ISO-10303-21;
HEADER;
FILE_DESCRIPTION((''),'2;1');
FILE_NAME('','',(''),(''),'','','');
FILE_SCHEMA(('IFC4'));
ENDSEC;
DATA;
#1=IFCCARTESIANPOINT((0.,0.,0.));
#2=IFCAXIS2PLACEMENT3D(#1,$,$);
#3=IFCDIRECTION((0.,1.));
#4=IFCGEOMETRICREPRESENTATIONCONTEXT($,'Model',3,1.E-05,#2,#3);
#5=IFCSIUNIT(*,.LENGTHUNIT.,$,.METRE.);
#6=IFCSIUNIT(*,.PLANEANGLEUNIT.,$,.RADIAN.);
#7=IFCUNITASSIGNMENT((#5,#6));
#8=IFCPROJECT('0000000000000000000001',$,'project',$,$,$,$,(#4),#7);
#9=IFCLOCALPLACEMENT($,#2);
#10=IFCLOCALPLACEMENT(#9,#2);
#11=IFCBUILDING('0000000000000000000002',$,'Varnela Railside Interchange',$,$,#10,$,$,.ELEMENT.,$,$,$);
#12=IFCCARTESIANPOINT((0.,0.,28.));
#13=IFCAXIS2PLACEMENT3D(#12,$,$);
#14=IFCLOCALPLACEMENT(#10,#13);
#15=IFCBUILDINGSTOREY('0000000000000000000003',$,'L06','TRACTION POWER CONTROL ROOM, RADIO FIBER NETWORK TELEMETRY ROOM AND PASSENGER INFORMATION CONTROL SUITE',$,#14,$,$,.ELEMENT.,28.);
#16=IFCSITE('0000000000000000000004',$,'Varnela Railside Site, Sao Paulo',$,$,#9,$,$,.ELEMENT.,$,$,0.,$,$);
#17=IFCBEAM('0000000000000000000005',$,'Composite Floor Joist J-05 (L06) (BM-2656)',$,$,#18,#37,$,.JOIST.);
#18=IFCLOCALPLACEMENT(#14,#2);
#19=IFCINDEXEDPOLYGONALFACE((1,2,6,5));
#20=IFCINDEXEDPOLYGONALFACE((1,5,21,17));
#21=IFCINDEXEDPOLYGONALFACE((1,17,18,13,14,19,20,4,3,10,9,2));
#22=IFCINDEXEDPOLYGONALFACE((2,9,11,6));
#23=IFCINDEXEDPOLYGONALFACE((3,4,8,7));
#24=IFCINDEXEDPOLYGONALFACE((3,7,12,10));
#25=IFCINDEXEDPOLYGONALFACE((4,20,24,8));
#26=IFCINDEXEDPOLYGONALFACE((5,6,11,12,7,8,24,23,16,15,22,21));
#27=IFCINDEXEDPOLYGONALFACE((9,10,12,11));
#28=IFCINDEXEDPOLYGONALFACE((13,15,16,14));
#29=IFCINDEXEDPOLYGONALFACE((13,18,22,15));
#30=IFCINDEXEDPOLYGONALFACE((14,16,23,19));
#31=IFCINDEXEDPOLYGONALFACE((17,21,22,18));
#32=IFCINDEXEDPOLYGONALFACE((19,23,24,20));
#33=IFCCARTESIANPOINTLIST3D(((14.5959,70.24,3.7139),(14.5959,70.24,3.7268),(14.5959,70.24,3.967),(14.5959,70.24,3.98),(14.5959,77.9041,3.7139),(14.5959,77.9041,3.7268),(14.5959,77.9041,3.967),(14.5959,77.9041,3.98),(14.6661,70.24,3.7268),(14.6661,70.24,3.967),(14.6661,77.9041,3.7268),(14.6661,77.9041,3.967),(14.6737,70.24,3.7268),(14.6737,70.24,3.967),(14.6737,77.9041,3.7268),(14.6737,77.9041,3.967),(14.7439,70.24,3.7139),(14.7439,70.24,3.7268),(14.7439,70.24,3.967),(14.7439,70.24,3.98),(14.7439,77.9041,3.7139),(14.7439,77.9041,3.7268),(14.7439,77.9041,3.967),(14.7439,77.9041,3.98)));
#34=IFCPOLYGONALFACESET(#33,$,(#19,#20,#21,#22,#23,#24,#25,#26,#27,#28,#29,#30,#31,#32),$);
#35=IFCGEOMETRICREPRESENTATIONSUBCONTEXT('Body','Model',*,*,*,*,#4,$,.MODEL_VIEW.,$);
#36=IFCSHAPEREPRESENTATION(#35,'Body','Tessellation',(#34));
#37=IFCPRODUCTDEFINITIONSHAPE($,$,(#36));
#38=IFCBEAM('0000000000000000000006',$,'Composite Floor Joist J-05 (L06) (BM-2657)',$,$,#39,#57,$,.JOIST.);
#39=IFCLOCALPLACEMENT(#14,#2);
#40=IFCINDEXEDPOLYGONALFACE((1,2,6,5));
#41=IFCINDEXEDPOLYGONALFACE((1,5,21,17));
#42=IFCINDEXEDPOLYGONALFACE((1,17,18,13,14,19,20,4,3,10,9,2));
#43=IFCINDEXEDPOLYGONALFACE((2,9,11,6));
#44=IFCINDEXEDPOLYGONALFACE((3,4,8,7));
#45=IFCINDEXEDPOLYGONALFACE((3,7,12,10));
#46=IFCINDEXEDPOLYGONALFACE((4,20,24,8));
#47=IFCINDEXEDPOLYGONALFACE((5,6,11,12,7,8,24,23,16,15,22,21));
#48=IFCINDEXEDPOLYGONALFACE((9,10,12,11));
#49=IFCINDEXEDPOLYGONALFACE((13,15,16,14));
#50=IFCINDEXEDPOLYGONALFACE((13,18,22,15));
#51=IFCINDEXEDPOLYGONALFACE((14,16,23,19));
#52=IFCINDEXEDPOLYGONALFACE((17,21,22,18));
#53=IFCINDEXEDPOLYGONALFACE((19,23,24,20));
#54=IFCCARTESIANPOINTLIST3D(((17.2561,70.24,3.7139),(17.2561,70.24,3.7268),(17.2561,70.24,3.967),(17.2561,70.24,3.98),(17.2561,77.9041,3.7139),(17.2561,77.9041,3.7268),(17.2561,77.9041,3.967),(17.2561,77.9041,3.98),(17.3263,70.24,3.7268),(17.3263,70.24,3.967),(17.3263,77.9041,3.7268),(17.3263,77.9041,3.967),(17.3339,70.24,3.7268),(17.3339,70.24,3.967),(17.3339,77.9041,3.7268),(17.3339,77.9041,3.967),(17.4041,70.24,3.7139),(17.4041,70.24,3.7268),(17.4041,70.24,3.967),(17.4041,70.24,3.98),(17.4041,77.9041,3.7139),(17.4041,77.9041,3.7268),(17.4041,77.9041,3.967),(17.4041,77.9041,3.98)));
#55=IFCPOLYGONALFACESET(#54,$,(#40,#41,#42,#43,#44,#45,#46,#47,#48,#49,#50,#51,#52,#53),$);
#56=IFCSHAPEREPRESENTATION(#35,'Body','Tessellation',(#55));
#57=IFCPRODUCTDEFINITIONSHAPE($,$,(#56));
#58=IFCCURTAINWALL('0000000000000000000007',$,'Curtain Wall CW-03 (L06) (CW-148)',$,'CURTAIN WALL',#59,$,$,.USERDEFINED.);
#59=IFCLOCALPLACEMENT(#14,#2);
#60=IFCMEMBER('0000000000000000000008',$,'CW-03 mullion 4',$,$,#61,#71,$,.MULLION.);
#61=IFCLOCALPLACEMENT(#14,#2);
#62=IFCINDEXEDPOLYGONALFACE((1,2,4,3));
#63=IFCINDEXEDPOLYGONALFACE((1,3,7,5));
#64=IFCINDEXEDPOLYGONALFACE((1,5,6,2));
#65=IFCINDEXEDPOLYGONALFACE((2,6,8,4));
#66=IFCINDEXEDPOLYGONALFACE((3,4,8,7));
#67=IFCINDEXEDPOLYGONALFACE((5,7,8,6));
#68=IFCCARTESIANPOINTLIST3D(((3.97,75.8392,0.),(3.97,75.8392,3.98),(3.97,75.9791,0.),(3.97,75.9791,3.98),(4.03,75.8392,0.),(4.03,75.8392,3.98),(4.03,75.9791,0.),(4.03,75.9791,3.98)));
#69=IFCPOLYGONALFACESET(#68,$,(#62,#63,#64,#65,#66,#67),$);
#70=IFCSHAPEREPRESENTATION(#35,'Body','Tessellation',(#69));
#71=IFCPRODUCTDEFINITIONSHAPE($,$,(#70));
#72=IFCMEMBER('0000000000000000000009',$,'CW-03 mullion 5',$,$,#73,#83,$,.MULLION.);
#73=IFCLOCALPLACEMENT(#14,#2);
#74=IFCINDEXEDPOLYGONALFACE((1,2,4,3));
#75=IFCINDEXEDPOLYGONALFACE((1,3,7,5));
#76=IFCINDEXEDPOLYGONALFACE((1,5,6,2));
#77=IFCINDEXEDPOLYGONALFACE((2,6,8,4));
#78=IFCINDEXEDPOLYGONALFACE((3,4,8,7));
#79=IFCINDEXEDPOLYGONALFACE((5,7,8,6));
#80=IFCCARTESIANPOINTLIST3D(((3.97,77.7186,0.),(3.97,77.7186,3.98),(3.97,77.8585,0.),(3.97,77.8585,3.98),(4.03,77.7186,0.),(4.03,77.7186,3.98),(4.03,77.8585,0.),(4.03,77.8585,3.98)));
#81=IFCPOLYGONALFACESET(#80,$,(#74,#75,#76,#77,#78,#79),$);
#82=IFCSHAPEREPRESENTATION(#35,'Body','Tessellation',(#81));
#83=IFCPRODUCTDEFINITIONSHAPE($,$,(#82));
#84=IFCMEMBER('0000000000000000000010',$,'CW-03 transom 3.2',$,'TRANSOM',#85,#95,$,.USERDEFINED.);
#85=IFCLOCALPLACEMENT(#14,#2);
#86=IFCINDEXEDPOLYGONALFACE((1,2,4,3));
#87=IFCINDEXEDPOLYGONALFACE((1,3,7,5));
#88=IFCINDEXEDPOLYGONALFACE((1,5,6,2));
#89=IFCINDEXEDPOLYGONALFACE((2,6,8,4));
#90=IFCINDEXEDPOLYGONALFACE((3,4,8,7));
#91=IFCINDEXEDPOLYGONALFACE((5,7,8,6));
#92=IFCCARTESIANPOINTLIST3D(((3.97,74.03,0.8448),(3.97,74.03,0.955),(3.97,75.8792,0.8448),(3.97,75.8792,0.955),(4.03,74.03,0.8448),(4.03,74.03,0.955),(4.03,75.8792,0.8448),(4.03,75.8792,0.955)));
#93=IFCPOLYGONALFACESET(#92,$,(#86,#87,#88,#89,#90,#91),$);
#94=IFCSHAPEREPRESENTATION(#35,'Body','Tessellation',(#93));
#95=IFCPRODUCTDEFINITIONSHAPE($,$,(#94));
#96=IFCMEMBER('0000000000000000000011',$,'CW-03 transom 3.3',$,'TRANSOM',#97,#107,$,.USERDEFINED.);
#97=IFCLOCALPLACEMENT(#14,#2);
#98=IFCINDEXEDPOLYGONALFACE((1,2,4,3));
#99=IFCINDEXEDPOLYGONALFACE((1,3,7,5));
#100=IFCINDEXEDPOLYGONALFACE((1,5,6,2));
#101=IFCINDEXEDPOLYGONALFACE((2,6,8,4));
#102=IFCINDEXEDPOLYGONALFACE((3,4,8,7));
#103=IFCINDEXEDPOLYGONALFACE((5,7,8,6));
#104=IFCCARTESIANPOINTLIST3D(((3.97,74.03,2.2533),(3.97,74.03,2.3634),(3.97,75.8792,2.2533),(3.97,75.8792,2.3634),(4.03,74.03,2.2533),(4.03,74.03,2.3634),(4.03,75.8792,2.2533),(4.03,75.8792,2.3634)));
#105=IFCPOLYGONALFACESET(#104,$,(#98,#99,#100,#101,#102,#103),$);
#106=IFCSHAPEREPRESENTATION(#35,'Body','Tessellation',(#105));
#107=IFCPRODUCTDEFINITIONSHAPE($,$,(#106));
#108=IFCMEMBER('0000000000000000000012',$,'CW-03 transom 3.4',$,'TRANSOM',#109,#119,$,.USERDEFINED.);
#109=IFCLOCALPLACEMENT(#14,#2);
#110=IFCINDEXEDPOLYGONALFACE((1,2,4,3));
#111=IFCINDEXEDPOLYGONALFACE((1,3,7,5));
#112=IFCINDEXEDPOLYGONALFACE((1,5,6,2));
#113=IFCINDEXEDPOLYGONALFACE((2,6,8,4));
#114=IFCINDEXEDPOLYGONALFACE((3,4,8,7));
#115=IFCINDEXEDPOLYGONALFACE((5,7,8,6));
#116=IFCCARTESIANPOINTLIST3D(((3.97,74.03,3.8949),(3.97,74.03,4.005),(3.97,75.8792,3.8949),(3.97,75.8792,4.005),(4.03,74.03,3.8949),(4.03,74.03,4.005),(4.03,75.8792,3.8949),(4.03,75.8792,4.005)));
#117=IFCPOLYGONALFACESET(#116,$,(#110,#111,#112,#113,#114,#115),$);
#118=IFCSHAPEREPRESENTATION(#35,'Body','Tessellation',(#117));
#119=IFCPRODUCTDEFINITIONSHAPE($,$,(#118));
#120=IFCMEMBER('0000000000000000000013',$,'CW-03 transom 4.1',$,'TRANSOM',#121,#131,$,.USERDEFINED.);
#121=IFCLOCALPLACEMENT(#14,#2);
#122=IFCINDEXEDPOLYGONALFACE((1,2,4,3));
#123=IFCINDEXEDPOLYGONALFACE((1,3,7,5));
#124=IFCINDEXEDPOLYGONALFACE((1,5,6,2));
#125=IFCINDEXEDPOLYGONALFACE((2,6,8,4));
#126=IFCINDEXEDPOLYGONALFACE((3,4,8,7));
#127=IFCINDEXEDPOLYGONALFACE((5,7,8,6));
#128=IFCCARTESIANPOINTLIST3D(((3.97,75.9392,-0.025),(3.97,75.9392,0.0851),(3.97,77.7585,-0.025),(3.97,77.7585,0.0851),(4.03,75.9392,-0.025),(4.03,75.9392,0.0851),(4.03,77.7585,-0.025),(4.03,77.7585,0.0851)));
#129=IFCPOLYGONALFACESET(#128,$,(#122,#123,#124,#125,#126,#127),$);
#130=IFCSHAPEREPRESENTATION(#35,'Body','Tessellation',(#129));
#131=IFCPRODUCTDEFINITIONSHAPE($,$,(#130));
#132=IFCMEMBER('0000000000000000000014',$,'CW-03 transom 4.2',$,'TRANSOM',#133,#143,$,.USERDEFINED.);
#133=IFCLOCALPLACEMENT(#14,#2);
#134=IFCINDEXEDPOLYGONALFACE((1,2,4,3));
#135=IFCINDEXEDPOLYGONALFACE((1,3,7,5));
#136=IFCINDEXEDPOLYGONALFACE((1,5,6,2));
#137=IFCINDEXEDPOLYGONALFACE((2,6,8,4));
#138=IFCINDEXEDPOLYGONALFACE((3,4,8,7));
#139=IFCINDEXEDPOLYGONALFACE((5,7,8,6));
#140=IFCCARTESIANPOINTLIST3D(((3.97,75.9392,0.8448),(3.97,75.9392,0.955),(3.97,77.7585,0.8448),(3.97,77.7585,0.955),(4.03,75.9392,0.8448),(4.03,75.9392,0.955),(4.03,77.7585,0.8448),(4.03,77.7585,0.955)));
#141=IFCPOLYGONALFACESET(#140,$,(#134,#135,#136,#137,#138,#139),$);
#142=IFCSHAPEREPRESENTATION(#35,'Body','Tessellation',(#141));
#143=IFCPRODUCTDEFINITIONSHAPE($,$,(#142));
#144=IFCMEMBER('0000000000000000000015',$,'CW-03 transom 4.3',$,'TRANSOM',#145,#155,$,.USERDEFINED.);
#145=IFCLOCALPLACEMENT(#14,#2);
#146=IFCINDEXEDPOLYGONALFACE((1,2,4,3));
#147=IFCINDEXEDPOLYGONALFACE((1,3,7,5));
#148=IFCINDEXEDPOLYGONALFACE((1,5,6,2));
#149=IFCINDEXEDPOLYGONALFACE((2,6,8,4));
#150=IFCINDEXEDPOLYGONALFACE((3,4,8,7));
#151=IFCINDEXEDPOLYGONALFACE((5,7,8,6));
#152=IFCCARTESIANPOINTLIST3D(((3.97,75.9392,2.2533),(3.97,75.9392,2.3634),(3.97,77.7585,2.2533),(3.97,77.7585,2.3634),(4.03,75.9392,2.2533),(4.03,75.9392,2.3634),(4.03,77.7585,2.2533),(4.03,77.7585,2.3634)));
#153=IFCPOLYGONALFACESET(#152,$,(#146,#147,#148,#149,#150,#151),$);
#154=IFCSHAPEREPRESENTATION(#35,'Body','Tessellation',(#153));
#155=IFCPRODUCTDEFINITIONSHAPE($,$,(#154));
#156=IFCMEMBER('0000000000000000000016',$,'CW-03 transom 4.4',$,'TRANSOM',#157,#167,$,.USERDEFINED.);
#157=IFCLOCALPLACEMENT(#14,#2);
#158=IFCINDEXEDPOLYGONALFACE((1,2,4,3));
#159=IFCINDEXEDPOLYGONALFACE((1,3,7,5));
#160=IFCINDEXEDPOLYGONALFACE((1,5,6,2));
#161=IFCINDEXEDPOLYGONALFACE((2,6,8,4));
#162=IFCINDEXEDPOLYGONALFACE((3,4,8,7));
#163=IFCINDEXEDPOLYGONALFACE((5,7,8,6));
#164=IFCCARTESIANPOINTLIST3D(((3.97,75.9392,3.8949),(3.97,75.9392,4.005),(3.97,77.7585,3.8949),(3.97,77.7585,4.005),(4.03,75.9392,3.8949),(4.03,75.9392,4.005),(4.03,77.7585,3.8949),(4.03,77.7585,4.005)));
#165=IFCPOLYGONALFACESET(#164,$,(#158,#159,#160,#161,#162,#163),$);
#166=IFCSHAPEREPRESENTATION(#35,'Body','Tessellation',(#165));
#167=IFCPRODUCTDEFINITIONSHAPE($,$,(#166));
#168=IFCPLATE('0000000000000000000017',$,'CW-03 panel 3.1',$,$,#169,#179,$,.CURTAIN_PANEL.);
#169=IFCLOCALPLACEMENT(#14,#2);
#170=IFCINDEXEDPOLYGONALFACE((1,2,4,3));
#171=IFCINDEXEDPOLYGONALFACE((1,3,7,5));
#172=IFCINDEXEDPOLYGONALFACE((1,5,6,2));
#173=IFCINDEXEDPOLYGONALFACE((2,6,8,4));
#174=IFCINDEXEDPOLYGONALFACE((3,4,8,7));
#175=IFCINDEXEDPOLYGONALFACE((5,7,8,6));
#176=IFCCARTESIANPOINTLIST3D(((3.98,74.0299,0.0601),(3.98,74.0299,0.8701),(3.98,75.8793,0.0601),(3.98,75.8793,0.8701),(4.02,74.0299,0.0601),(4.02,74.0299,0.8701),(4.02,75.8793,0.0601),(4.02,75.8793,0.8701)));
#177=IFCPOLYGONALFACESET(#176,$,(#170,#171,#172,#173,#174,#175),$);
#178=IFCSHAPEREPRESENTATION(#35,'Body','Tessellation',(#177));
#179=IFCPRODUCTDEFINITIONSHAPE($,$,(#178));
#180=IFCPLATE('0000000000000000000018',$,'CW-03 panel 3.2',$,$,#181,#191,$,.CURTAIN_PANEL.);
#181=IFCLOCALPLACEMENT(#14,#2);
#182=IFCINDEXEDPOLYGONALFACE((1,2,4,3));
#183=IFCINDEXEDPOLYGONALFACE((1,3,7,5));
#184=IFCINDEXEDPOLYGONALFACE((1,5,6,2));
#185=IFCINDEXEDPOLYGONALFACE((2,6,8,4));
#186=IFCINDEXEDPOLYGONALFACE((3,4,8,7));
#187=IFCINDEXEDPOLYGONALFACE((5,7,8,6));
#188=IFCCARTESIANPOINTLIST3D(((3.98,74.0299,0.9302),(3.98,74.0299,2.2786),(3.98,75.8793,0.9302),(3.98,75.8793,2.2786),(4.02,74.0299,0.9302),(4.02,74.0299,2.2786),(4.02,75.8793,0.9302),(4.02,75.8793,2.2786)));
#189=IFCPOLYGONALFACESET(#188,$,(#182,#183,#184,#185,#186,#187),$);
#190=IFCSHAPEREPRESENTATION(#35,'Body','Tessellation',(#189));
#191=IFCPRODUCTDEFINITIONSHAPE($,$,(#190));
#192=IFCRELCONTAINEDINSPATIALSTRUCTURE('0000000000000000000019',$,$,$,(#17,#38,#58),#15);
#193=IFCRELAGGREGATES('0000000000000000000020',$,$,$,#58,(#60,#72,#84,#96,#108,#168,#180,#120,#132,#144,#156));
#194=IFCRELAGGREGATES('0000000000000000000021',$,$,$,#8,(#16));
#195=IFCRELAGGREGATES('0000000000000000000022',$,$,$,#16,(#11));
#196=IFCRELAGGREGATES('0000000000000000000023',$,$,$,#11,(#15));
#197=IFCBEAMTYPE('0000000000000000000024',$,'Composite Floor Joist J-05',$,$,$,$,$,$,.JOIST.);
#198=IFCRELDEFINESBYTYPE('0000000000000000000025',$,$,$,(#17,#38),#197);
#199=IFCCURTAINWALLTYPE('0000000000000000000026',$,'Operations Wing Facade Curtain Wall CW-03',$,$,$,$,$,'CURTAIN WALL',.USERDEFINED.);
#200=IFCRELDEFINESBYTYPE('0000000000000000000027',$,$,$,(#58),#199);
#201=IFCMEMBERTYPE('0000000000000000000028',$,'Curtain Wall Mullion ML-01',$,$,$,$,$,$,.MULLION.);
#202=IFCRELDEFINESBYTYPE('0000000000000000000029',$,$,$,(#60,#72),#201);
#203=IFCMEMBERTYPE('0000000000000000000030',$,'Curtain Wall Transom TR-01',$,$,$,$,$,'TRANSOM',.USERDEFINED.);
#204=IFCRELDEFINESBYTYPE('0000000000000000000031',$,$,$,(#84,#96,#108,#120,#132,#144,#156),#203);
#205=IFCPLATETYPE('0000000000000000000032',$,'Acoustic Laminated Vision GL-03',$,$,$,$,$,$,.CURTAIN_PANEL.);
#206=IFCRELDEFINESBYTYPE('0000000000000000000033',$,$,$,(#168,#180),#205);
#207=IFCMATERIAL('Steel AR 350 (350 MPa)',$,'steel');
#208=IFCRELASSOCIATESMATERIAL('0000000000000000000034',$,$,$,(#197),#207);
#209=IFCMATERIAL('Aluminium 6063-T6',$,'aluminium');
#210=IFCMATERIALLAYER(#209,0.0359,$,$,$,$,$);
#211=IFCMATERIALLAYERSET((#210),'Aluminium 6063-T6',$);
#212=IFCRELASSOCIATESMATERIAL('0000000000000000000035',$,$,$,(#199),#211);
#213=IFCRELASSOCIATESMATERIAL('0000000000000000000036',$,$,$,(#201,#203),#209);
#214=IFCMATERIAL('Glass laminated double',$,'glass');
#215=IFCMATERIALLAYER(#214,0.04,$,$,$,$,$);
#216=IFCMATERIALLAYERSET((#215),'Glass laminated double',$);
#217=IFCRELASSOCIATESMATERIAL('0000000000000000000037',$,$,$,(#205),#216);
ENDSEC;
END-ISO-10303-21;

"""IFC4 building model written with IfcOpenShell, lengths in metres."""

from ifc_helpers import new_model, si_unit, direction, frame, origin, origin_2d, place, context, subcontext, project, spatial, rectangle, i_section, extrude, material, layer, layer_set, material_profile, profile_set, type_object, element, aggregate, save


model = new_model("IFC4")

# Units and contexts
model_context = context("Model", 3, precision=1e-05, world=origin(), true_north=direction((0.0, 1.0)))
body_context = subcontext(model_context, "Body", "Model", "MODEL_VIEW")
ifc_project = project(units=[si_unit("LENGTHUNIT", "METRE"), si_unit("PLANEANGLEUNIT", "RADIAN")], contexts=[model_context])

# Site, building, storey
site_placement = place(None, origin())
site = spatial("IfcSite", under=ifc_project, at=site_placement, Name="Varnela Railside Site, Sao Paulo", CompositionType="ELEMENT", RefElevation=0.0)
building_placement = place(site_placement, origin())
building = spatial("IfcBuilding", under=site, at=building_placement, Name="Varnela Railside Interchange", CompositionType="ELEMENT")
storey_placement = place(building_placement, frame((0.0, 0.0, 28.0)))
storey = spatial("IfcBuildingStorey", under=building, at=storey_placement, Name="L06", Description="TRACTION POWER CONTROL ROOM, RADIO FIBER NETWORK TELEMETRY ROOM AND PASSENGER INFORMATION CONTROL SUITE", CompositionType="ELEMENT", Elevation=28.0)

# Beams
ifc_material_1 = material(Name="Steel AR 350 (350 MPa)", Category="steel")
ifc_material_profile_1 = material_profile(ifc_material_1, i_section(OverallWidth=0.1479, OverallDepth=0.2661, WebThickness=0.0076, FlangeThickness=0.0129, at=origin_2d()), Name="W250x44.8")
ifc_profile_set_1 = profile_set([ifc_material_profile_1], Name="Steel AR 350 (350 MPa)")
beam_type = type_object("IfcBeamType", Name="Composite Floor Joist J-05", PredefinedType="JOIST", material=ifc_profile_set_1)
for number, where, z_axis, x_axis, name in (
    (1, (14.6699, 70.24, 3.8469), (0.0, 1.0, 0.0), (-1.0, 0.0, 0.0), "Composite Floor Joist J-05 (L06) (BM-2656)"),
    (2, (17.3301, 70.24, 3.8469), (0.0, 1.0, 0.0), (-1.0, 0.0, 0.0), "Composite Floor Joist J-05 (L06) (BM-2657)"),
):
    element("IfcBeam", number, at=place(storey_placement, frame(where, z_axis=z_axis, x_axis=x_axis)), inside=storey, type_object=beam_type, Name=name, PredefinedType="JOIST", context=body_context, shape_type="SweptSolid", body=[
        extrude(i_section(OverallWidth=0.1479, OverallDepth=0.2661, WebThickness=0.0076, FlangeThickness=0.0129, at=origin_2d()), origin(), (0.0, 0.0, 1.0), 7.6641),
    ])

# Curtain wall, members, plates
ifc_material_2 = material(Name="Aluminium 6063-T6", Category="aluminium")
ifc_layer_1 = layer(ifc_material_2, 0.0359)
ifc_layer_set_1 = layer_set([ifc_layer_1], Name="Aluminium 6063-T6")
curtain_wall_type = type_object("IfcCurtainWallType", Name="Operations Wing Facade Curtain Wall CW-03", ElementType="CURTAIN WALL", PredefinedType="USERDEFINED", material=ifc_layer_set_1)
curtain_wall_placement = place(storey_placement, origin())
curtain_wall = element("IfcCurtainWall", 3, at=curtain_wall_placement, inside=storey, type_object=curtain_wall_type, Name="Curtain Wall CW-03 (L06) (CW-148)", ObjectType="CURTAIN WALL", PredefinedType="USERDEFINED")
ifc_material_profile_2 = material_profile(ifc_material_2, rectangle(XDim=0.0601, YDim=0.1399, at=origin_2d()), Name="ALU 60x140")
ifc_profile_set_2 = profile_set([ifc_material_profile_2], Name="Aluminium 6063-T6")
member_type_1 = type_object("IfcMemberType", Name="Curtain Wall Mullion ML-01", PredefinedType="MULLION", material=ifc_profile_set_2)
member_1_placement = place(storey_placement, frame((4.0, 75.9092, 0.0), z_axis=(0.0, 0.0, 1.0), x_axis=(-1.0, 0.0, 0.0)))
member_1 = element("IfcMember", 4, at=member_1_placement, type_object=member_type_1, Name="CW-03 mullion 4", PredefinedType="MULLION", context=body_context, shape_type="SweptSolid", body=[
    extrude(rectangle(XDim=0.0601, YDim=0.1399, at=origin_2d()), origin(), (0.0, 0.0, 1.0), 3.98),
])
member_2_placement = place(storey_placement, frame((4.0, 77.7886, 0.0), z_axis=(0.0, 0.0, 1.0), x_axis=(-1.0, 0.0, 0.0)))
member_2 = element("IfcMember", 5, at=member_2_placement, type_object=member_type_1, Name="CW-03 mullion 5", PredefinedType="MULLION", context=body_context, shape_type="SweptSolid", body=[
    extrude(rectangle(XDim=0.0601, YDim=0.1399, at=origin_2d()), origin(), (0.0, 0.0, 1.0), 3.98),
])
ifc_material_profile_3 = material_profile(ifc_material_2, rectangle(XDim=0.0601, YDim=0.1101, at=origin_2d()), Name="ALU 60x110")
ifc_profile_set_3 = profile_set([ifc_material_profile_3], Name="Aluminium 6063-T6")
member_type_2 = type_object("IfcMemberType", Name="Curtain Wall Transom TR-01", ElementType="TRANSOM", PredefinedType="USERDEFINED", material=ifc_profile_set_3)
member_3_placement = place(storey_placement, frame((4.0, 74.03, 0.8999), z_axis=(0.0, 1.0, 0.0), x_axis=(-1.0, 0.0, 0.0)))
member_3 = element("IfcMember", 6, at=member_3_placement, type_object=member_type_2, Name="CW-03 transom 3.2", ObjectType="TRANSOM", PredefinedType="USERDEFINED", context=body_context, shape_type="SweptSolid", body=[
    extrude(rectangle(XDim=0.0601, YDim=0.1101, at=origin_2d()), origin(), (0.0, 0.0, 1.0), 1.8491),
])
member_4_placement = place(storey_placement, frame((4.0, 74.03, 2.3083), z_axis=(0.0, 1.0, 0.0), x_axis=(-1.0, 0.0, 0.0)))
member_4 = element("IfcMember", 7, at=member_4_placement, type_object=member_type_2, Name="CW-03 transom 3.3", ObjectType="TRANSOM", PredefinedType="USERDEFINED", context=body_context, shape_type="SweptSolid", body=[
    extrude(rectangle(XDim=0.0601, YDim=0.1101, at=origin_2d()), origin(), (0.0, 0.0, 1.0), 1.8491),
])
member_5_placement = place(storey_placement, frame((4.0, 74.03, 3.95), z_axis=(0.0, 1.0, 0.0), x_axis=(-1.0, 0.0, 0.0)))
member_5 = element("IfcMember", 8, at=member_5_placement, type_object=member_type_2, Name="CW-03 transom 3.4", ObjectType="TRANSOM", PredefinedType="USERDEFINED", context=body_context, shape_type="SweptSolid", body=[
    extrude(rectangle(XDim=0.0601, YDim=0.1101, at=origin_2d()), origin(), (0.0, 0.0, 1.0), 1.8491),
])
member_6_placement = place(storey_placement, frame((4.0, 75.9392, 0.03), z_axis=(0.0, 1.0, 0.0), x_axis=(-1.0, 0.0, 0.0)))
member_6 = element("IfcMember", 9, at=member_6_placement, type_object=member_type_2, Name="CW-03 transom 4.1", ObjectType="TRANSOM", PredefinedType="USERDEFINED", context=body_context, shape_type="SweptSolid", body=[
    extrude(rectangle(XDim=0.0601, YDim=0.1101, at=origin_2d()), origin(), (0.0, 0.0, 1.0), 1.8193),
])
member_7_placement = place(storey_placement, frame((4.0, 75.9392, 0.8999), z_axis=(0.0, 1.0, 0.0), x_axis=(-1.0, 0.0, 0.0)))
member_7 = element("IfcMember", 10, at=member_7_placement, type_object=member_type_2, Name="CW-03 transom 4.2", ObjectType="TRANSOM", PredefinedType="USERDEFINED", context=body_context, shape_type="SweptSolid", body=[
    extrude(rectangle(XDim=0.0601, YDim=0.1101, at=origin_2d()), origin(), (0.0, 0.0, 1.0), 1.8193),
])
member_8_placement = place(storey_placement, frame((4.0, 75.9392, 2.3083), z_axis=(0.0, 1.0, 0.0), x_axis=(-1.0, 0.0, 0.0)))
member_8 = element("IfcMember", 11, at=member_8_placement, type_object=member_type_2, Name="CW-03 transom 4.3", ObjectType="TRANSOM", PredefinedType="USERDEFINED", context=body_context, shape_type="SweptSolid", body=[
    extrude(rectangle(XDim=0.0601, YDim=0.1101, at=origin_2d()), origin(), (0.0, 0.0, 1.0), 1.8193),
])
member_9_placement = place(storey_placement, frame((4.0, 75.9392, 3.95), z_axis=(0.0, 1.0, 0.0), x_axis=(-1.0, 0.0, 0.0)))
member_9 = element("IfcMember", 12, at=member_9_placement, type_object=member_type_2, Name="CW-03 transom 4.4", ObjectType="TRANSOM", PredefinedType="USERDEFINED", context=body_context, shape_type="SweptSolid", body=[
    extrude(rectangle(XDim=0.0601, YDim=0.1101, at=origin_2d()), origin(), (0.0, 0.0, 1.0), 1.8193),
])
ifc_material_3 = material(Name="Glass laminated double", Category="glass")
ifc_layer_2 = layer(ifc_material_3, 0.04)
ifc_layer_set_2 = layer_set([ifc_layer_2], Name="Glass laminated double")
plate_type = type_object("IfcPlateType", Name="Acoustic Laminated Vision GL-03", PredefinedType="CURTAIN_PANEL", material=ifc_layer_set_2)
plate_1_placement = place(storey_placement, frame((4.0, 74.9546, 0.0601), z_axis=(0.0, 0.0, 1.0), x_axis=(0.0, 1.0, 0.0)))
plate_1 = element("IfcPlate", 13, at=plate_1_placement, type_object=plate_type, Name="CW-03 panel 3.1", PredefinedType="CURTAIN_PANEL", context=body_context, shape_type="SweptSolid", body=[
    extrude(rectangle(XDim=1.8494, YDim=0.04, at=origin_2d()), origin(), (0.0, 0.0, 1.0), 0.8101),
])
plate_2_placement = place(storey_placement, frame((4.0, 74.9546, 0.9302), z_axis=(0.0, 0.0, 1.0), x_axis=(0.0, 1.0, 0.0)))
plate_2 = element("IfcPlate", 14, at=plate_2_placement, type_object=plate_type, Name="CW-03 panel 3.2", PredefinedType="CURTAIN_PANEL", context=body_context, shape_type="SweptSolid", body=[
    extrude(rectangle(XDim=1.8494, YDim=0.04, at=origin_2d()), origin(), (0.0, 0.0, 1.0), 1.3484),
])
aggregate(curtain_wall, [member_1, member_2, member_3, member_4, member_5, plate_1, plate_2, member_6, member_7, member_8, member_9])

save(model, "model.ifc")
